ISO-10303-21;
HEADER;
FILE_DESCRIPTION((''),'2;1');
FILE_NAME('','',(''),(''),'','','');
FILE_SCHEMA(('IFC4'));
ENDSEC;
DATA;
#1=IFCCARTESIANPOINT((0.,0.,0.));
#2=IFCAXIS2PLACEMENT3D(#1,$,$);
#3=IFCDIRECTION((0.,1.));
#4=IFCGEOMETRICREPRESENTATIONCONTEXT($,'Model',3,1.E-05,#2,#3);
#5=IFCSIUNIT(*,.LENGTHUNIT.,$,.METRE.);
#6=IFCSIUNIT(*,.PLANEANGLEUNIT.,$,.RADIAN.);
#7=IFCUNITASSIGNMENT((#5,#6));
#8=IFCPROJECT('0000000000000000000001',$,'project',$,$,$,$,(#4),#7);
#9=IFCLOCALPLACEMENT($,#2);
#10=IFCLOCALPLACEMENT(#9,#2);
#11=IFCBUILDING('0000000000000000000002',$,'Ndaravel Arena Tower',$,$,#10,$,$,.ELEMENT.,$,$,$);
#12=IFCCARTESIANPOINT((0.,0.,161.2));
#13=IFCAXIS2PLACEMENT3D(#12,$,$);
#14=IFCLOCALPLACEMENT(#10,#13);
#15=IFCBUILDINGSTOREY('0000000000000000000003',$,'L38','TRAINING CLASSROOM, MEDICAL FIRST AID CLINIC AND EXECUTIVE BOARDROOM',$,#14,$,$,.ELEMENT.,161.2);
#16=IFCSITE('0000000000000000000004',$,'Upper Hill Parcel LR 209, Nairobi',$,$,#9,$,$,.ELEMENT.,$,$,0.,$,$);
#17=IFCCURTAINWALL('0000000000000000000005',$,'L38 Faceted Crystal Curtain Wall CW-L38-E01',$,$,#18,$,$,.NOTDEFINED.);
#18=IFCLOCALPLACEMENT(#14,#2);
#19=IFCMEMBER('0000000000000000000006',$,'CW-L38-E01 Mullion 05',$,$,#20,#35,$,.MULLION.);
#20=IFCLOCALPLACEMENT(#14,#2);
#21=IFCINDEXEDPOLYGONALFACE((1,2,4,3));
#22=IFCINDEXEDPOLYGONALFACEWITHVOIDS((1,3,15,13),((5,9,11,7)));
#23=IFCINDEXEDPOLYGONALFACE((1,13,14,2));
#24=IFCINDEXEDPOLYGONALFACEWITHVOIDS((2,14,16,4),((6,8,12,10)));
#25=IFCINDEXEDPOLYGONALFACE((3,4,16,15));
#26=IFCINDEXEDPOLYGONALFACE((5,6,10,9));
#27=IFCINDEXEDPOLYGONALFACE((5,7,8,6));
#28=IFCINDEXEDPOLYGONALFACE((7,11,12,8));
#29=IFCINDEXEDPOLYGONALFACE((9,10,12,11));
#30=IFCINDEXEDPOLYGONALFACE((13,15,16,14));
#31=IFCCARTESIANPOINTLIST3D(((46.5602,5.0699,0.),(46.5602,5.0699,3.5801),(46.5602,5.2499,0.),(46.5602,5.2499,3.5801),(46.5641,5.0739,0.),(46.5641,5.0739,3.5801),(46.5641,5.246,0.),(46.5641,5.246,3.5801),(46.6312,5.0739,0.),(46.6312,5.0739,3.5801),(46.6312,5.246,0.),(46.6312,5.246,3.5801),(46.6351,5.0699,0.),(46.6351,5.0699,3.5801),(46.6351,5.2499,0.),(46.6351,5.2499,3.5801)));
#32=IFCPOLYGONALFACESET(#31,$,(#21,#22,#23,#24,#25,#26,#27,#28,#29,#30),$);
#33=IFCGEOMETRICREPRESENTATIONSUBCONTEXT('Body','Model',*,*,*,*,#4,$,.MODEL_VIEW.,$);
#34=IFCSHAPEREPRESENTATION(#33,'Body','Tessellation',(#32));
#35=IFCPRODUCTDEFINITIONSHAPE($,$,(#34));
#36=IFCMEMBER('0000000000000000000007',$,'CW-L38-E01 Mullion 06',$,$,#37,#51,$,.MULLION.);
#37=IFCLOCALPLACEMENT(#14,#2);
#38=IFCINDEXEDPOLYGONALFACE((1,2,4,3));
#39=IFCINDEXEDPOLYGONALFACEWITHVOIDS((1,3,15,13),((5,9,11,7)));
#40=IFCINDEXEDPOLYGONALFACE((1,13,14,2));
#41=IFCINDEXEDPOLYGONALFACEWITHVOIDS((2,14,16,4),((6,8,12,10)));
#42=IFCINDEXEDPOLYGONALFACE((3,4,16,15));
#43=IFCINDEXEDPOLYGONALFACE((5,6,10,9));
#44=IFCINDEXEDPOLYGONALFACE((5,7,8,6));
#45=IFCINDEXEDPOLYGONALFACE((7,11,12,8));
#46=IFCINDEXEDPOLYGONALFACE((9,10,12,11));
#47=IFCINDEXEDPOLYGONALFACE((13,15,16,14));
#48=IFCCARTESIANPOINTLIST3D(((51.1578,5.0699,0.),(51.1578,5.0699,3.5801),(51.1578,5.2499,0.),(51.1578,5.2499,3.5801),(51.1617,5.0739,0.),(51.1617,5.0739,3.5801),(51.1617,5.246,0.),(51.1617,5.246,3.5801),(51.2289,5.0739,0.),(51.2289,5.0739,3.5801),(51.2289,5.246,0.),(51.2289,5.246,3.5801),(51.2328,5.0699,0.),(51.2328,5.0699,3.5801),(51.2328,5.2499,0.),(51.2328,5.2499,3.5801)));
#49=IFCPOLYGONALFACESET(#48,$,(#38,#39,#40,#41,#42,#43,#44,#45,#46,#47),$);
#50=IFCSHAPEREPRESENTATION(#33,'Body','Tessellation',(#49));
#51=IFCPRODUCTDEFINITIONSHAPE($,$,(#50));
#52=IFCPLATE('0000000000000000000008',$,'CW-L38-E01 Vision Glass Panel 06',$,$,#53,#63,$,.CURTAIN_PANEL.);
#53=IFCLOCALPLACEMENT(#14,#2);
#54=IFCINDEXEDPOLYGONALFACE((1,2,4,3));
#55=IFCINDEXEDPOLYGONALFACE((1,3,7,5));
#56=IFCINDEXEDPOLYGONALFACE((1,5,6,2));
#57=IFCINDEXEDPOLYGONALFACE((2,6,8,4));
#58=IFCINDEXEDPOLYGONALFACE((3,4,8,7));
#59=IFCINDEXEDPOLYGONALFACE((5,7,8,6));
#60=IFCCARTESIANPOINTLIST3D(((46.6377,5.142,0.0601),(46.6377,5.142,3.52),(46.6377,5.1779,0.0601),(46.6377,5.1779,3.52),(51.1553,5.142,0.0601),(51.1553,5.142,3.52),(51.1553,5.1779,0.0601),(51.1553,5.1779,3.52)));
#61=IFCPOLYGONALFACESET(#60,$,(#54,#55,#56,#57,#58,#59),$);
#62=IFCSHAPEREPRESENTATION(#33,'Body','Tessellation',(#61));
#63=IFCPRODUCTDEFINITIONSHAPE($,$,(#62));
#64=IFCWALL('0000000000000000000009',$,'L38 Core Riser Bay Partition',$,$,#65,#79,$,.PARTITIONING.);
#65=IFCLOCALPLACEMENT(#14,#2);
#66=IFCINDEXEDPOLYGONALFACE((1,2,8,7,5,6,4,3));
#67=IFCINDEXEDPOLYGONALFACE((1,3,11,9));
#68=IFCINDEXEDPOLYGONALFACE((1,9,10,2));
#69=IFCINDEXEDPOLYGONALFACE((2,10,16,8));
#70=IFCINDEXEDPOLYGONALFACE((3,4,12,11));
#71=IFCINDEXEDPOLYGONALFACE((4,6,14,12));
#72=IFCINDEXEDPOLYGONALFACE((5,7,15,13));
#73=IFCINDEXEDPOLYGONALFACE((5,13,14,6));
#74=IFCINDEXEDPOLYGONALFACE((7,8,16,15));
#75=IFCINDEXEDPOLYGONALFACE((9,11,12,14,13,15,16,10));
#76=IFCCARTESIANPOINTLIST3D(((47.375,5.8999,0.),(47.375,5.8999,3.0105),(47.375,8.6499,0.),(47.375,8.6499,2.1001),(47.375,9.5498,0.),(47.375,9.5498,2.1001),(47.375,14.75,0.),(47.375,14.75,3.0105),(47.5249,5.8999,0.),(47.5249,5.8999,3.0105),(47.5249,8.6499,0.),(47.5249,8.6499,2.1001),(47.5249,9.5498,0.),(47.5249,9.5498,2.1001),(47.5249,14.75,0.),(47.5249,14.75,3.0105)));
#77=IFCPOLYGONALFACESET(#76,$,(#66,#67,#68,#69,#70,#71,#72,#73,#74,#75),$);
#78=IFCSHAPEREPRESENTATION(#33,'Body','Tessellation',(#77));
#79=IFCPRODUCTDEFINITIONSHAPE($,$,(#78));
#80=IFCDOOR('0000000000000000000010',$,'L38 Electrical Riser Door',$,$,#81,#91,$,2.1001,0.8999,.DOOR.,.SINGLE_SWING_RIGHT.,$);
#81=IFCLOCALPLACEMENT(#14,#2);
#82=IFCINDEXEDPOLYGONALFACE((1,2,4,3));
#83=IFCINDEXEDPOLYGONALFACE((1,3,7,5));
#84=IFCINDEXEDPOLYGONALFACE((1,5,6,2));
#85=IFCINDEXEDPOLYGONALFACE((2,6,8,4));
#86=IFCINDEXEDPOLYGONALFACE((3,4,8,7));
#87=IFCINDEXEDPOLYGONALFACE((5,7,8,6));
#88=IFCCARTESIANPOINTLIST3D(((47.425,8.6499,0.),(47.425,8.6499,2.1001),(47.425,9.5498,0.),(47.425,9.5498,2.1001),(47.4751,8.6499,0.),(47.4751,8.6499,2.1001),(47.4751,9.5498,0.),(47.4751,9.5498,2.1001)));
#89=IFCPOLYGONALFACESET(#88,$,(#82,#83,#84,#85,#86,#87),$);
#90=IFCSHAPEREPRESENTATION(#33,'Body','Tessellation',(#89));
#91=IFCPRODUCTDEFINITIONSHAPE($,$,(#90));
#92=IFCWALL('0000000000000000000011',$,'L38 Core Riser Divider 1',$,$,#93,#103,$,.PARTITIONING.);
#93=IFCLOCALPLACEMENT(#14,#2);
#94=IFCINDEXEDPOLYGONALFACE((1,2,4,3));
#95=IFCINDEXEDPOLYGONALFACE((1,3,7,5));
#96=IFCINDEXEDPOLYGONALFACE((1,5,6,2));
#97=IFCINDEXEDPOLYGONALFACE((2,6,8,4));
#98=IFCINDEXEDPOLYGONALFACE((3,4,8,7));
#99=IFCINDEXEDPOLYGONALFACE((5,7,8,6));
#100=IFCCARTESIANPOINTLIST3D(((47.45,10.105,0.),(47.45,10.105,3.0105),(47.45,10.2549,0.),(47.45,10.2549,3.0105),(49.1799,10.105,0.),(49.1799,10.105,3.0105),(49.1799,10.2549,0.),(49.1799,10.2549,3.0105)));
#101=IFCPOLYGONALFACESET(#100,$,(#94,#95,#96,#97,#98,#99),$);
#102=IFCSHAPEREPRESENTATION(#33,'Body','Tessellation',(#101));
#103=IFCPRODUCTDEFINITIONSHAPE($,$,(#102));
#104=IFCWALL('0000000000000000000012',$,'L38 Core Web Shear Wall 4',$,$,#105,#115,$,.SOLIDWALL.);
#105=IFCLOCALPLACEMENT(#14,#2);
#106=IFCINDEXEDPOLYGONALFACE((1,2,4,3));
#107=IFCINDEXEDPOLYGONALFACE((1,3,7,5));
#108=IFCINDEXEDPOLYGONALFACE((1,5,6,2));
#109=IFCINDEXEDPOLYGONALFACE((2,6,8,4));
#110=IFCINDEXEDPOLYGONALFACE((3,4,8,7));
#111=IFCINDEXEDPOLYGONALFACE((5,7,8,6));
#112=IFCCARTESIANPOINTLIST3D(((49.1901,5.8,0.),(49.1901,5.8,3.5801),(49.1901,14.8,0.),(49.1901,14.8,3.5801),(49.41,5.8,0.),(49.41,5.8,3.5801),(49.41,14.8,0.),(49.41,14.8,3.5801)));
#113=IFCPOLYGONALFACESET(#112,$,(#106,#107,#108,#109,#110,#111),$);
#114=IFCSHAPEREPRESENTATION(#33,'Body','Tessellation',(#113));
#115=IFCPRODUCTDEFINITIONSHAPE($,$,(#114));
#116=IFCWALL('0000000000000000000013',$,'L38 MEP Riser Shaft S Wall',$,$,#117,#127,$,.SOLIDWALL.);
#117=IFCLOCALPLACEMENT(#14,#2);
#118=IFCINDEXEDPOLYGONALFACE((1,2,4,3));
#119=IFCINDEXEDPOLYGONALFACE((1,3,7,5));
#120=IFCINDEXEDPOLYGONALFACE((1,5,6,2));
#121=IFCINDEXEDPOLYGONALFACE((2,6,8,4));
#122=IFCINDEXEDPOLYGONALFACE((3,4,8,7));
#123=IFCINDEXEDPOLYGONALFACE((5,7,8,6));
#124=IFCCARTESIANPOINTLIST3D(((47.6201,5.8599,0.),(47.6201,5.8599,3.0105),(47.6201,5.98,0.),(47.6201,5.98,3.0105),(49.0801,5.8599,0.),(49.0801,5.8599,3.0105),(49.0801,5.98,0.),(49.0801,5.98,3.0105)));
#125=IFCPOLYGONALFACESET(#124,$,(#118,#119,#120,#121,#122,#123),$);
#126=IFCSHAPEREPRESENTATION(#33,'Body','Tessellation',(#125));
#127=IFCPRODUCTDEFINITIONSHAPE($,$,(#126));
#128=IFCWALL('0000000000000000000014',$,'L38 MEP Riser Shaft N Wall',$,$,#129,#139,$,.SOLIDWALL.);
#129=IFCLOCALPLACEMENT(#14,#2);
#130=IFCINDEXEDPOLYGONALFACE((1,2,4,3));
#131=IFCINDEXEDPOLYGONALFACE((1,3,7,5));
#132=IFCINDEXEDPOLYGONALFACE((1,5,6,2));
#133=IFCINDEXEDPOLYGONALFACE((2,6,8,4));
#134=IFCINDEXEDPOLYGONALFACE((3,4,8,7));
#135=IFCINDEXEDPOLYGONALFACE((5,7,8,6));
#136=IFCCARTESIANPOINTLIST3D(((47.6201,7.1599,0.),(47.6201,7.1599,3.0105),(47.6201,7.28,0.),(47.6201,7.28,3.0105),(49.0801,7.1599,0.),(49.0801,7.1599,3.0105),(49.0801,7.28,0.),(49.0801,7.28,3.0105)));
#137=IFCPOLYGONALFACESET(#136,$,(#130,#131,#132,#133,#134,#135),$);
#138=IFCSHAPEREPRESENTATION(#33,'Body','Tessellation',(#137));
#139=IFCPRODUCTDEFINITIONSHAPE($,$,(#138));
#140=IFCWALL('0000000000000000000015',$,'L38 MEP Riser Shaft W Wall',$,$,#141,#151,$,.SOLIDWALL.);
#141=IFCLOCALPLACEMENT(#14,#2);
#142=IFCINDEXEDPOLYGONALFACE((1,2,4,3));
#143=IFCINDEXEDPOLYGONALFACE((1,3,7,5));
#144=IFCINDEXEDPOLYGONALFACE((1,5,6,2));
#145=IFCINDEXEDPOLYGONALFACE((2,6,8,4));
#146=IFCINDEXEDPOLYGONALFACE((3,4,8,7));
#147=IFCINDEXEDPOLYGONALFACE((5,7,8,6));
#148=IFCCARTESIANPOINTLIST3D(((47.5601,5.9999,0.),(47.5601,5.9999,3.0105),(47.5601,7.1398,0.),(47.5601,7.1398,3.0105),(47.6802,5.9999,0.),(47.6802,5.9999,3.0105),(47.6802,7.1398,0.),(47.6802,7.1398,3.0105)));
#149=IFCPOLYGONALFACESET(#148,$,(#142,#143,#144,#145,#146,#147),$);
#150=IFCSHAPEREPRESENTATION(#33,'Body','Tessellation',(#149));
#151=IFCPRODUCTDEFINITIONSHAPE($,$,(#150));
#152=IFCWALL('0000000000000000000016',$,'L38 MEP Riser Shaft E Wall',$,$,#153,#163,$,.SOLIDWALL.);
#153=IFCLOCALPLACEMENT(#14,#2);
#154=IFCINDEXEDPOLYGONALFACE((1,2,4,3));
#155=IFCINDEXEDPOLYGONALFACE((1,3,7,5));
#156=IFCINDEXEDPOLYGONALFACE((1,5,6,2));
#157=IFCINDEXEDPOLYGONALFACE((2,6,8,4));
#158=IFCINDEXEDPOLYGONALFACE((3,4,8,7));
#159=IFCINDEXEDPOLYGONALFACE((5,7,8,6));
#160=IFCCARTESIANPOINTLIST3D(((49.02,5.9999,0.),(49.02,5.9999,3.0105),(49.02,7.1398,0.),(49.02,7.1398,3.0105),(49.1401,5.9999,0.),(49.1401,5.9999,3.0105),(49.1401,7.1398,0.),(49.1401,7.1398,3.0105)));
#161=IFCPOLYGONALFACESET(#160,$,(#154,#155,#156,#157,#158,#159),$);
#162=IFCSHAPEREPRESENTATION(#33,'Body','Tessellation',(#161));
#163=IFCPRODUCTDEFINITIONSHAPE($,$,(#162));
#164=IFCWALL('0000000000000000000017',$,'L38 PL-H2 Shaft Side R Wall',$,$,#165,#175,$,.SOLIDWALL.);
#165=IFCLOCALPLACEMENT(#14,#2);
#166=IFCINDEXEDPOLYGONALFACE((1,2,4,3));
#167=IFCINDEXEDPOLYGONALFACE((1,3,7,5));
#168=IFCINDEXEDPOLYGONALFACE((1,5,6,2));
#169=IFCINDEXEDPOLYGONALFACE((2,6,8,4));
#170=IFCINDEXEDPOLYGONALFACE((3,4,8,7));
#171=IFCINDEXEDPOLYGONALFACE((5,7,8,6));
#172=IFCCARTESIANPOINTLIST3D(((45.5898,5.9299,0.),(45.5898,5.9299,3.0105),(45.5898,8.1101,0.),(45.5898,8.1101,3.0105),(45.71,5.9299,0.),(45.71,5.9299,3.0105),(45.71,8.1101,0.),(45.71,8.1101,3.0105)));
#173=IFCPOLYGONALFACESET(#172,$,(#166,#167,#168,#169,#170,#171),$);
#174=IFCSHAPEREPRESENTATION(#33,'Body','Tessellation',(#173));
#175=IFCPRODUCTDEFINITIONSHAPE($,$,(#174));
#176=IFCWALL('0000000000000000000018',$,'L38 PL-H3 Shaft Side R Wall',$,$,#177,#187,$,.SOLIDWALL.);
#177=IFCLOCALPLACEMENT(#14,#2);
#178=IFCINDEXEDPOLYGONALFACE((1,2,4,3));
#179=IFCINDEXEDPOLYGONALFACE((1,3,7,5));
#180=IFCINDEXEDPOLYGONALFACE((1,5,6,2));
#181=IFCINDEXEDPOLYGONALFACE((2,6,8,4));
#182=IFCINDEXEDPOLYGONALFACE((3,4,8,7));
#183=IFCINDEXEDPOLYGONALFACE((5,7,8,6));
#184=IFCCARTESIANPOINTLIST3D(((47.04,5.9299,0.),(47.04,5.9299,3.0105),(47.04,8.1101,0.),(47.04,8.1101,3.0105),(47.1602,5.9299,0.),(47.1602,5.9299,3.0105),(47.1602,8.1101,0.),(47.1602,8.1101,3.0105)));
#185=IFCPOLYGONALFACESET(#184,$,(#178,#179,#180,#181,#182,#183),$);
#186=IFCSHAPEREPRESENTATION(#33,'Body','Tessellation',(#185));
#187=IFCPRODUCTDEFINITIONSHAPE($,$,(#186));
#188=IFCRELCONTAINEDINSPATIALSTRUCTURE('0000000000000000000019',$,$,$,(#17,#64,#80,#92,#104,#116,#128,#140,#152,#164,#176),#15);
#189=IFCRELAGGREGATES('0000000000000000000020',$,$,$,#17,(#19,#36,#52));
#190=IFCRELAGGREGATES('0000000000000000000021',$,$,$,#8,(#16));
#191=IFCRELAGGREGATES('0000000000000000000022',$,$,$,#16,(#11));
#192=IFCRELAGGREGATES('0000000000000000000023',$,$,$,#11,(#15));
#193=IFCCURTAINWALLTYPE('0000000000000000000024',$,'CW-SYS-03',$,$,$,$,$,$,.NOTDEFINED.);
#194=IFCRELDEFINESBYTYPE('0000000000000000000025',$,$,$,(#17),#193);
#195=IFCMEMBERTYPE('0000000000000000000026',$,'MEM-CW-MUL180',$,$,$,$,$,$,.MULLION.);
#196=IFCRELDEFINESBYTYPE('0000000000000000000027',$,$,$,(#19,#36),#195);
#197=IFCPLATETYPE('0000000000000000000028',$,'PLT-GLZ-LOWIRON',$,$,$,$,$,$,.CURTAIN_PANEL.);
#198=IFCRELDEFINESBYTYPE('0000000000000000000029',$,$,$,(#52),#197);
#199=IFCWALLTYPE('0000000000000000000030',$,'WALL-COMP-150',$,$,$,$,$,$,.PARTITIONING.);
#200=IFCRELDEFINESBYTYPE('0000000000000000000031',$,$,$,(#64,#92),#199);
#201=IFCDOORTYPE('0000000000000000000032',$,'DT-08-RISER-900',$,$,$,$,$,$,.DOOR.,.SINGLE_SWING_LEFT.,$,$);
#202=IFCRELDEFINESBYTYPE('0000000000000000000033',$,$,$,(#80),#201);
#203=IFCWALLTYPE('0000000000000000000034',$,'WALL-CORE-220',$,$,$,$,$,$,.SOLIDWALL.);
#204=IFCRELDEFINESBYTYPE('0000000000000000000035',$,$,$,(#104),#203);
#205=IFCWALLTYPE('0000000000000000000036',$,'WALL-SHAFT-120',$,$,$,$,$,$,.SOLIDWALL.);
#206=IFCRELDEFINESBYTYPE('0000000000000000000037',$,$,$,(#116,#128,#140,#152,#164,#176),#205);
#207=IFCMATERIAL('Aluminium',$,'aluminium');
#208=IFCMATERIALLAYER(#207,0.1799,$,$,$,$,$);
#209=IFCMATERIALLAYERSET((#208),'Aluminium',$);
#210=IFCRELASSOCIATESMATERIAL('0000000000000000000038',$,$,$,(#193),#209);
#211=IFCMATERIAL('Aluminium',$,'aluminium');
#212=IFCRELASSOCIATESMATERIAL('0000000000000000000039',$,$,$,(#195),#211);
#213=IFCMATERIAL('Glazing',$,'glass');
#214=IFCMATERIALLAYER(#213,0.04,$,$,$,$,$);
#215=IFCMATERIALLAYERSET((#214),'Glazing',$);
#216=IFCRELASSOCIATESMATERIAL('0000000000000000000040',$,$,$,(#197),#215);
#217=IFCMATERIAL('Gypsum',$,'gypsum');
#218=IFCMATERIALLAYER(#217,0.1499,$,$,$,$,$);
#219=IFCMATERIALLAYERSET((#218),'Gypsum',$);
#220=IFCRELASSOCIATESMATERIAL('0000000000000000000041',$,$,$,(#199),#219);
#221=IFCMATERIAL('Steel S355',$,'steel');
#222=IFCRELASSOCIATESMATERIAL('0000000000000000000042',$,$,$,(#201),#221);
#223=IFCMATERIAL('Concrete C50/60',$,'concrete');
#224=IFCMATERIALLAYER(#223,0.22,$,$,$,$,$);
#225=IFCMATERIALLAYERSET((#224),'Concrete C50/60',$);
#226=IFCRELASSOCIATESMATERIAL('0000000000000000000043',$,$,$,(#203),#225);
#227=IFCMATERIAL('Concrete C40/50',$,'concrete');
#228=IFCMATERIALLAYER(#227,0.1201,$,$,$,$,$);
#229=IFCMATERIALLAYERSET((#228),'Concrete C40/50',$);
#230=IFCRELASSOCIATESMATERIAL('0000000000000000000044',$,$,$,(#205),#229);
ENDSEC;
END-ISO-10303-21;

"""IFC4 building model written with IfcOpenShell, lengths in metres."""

from ifc_helpers import new_model, si_unit, direction, frame, frame_2d, origin, origin_2d, place, context, subcontext, project, spatial, rectangle, hollow_rectangle, extrude, material, layer, layer_set, material_profile, profile_set, type_object, element, fill, aggregate, save


model = new_model("IFC4")

# Units and contexts
model_context = context("Model", 3, precision=1e-05, world=origin(), true_north=direction((0.0, 1.0)))
body_context = subcontext(model_context, "Body", "Model", "MODEL_VIEW")
ifc_project = project(units=[si_unit("LENGTHUNIT", "METRE"), si_unit("PLANEANGLEUNIT", "RADIAN")], contexts=[model_context])

# Site, building, storey
site_placement = place(None, origin())
site = spatial("IfcSite", under=ifc_project, at=site_placement, Name="Upper Hill Parcel LR 209, Nairobi", CompositionType="ELEMENT", RefElevation=0.0)
building_placement = place(site_placement, origin())
building = spatial("IfcBuilding", under=site, at=building_placement, Name="Ndaravel Arena Tower", CompositionType="ELEMENT")
storey_placement = place(building_placement, frame((0.0, 0.0, 161.2)))
storey = spatial("IfcBuildingStorey", under=building, at=storey_placement, Name="L38", Description="TRAINING CLASSROOM, MEDICAL FIRST AID CLINIC AND EXECUTIVE BOARDROOM", CompositionType="ELEMENT", Elevation=161.2)

# Curtain wall, members, plate
ifc_material_1 = material(Name="Aluminium", Category="aluminium")
ifc_layer_1 = layer(ifc_material_1, 0.1799)
ifc_layer_set_1 = layer_set([ifc_layer_1], Name="Aluminium")
curtain_wall_type = type_object("IfcCurtainWallType", Name="CW-SYS-03", PredefinedType="NOTDEFINED", material=ifc_layer_set_1)
curtain_wall_placement = place(storey_placement, origin())
curtain_wall = element("IfcCurtainWall", 1, at=curtain_wall_placement, inside=storey, type_object=curtain_wall_type, Name="L38 Faceted Crystal Curtain Wall CW-L38-E01", PredefinedType="NOTDEFINED")
ifc_material_2 = material(Name="Aluminium", Category="aluminium")
ifc_material_profile = material_profile(ifc_material_2, hollow_rectangle(XDim=0.075, YDim=0.1799, WallThickness=0.0039, at=origin_2d()), Name="CW MULLION 75x180x4")
ifc_profile_set = profile_set([ifc_material_profile], Name="Aluminium")
member_type = type_object("IfcMemberType", Name="MEM-CW-MUL180", PredefinedType="MULLION", material=ifc_profile_set)
member_1_placement = place(storey_placement, frame((46.5977, 5.1599, 0.0), z_axis=(0.0, 0.0, 1.0), x_axis=(1.0, 0.0, 0.0)))
member_1 = element("IfcMember", 2, at=member_1_placement, type_object=member_type, Name="CW-L38-E01 Mullion 05", PredefinedType="MULLION", context=body_context, shape_type="SweptSolid", body=[
    extrude(hollow_rectangle(XDim=0.075, YDim=0.1799, WallThickness=0.0039, at=origin_2d()), origin(), (0.0, 0.0, 1.0), 3.5801),
])
member_2_placement = place(storey_placement, frame((51.1953, 5.1599, 0.0), z_axis=(0.0, 0.0, 1.0), x_axis=(1.0, 0.0, 0.0)))
member_2 = element("IfcMember", 3, at=member_2_placement, type_object=member_type, Name="CW-L38-E01 Mullion 06", PredefinedType="MULLION", context=body_context, shape_type="SweptSolid", body=[
    extrude(hollow_rectangle(XDim=0.075, YDim=0.1799, WallThickness=0.0039, at=origin_2d()), origin(), (0.0, 0.0, 1.0), 3.5801),
])
ifc_material_3 = material(Name="Glazing", Category="glass")
ifc_layer_2 = layer(ifc_material_3, 0.04)
ifc_layer_set_2 = layer_set([ifc_layer_2], Name="Glazing")
plate_type = type_object("IfcPlateType", Name="PLT-GLZ-LOWIRON", PredefinedType="CURTAIN_PANEL", material=ifc_layer_set_2)
plate_placement = place(storey_placement, frame((48.8965, 5.1599, 0.0601), z_axis=(0.0, 0.0, 1.0), x_axis=(1.0, 0.0, 0.0)))
plate = element("IfcPlate", 4, at=plate_placement, type_object=plate_type, Name="CW-L38-E01 Vision Glass Panel 06", PredefinedType="CURTAIN_PANEL", context=body_context, shape_type="SweptSolid", body=[
    extrude(rectangle(XDim=4.5176, YDim=0.0359, at=origin_2d()), origin(), (0.0, 0.0, 1.0), 3.46),
])
aggregate(curtain_wall, [member_1, member_2, plate])

# Wall, opening, door
ifc_material_4 = material(Name="Gypsum", Category="gypsum")
ifc_layer_3 = layer(ifc_material_4, 0.1499)
ifc_layer_set_3 = layer_set([ifc_layer_3], Name="Gypsum")
wall_type_1 = type_object("IfcWallType", Name="WALL-COMP-150", PredefinedType="PARTITIONING", material=ifc_layer_set_3)
wall_1_placement = place(storey_placement, frame((47.45, 5.8999, 0.0), z_axis=(0.0, 0.0, 1.0), x_axis=(0.0, 1.0, 0.0)))
wall_1 = element("IfcWall", 5, at=wall_1_placement, inside=storey, type_object=wall_type_1, Name="L38 Core Riser Bay Partition", PredefinedType="PARTITIONING", context=body_context, shape_type="SweptSolid", body=[
    extrude(rectangle(XDim=8.8501, YDim=0.1499, at=frame_2d((4.425, 0.0))), origin(), (0.0, 0.0, 1.0), 3.0105),
])
opening_1_placement = place(wall_1_placement, frame((2.75, 0.0, 0.0)))
opening_1 = element("IfcOpeningElement", 6, at=opening_1_placement, cuts=wall_1, PredefinedType="OPENING", context=body_context, shape_type="SweptSolid", body=[
    extrude(rectangle(XDim=0.8999, YDim=2.1001, at=frame_2d((0.45, 1.05))), frame((0.0, 0.075, 0.0), z_axis=(0.0, -1.0, 0.0), x_axis=(1.0, 0.0, 0.0)), (0.0, 0.0, 1.0), 0.1499),
])
ifc_material_5 = material(Name="Steel S355", Category="steel")
door_type_1 = type_object("IfcDoorType", Name="DT-08-RISER-900", OperationType="SINGLE_SWING_LEFT", PredefinedType="DOOR", material=ifc_material_5)
door_1_placement = place(opening_1_placement, origin())
door_1 = element("IfcDoor", 7, at=door_1_placement, inside=storey, type_object=door_type_1, Name="L38 Electrical Riser Door", OperationType="SINGLE_SWING_RIGHT", OverallHeight=2.1001, OverallWidth=0.8999, PredefinedType="DOOR", context=body_context, shape_type="SweptSolid", body=[
    extrude(rectangle(XDim=0.8999, YDim=2.1001, at=frame_2d((0.45, 1.05))), frame((0.0, 0.0249, 0.0), z_axis=(0.0, -1.0, 0.0), x_axis=(1.0, 0.0, 0.0)), (0.0, 0.0, 1.0), 0.05),
])
fill(opening_1, door_1)

# Walls
wall_2_placement = place(storey_placement, frame((47.45, 10.1799, 0.0), z_axis=(0.0, 0.0, 1.0), x_axis=(1.0, 0.0, 0.0)))
element("IfcWall", 8, at=wall_2_placement, inside=storey, type_object=wall_type_1, Name="L38 Core Riser Divider 1", PredefinedType="PARTITIONING", context=body_context, shape_type="SweptSolid", body=[
    extrude(rectangle(XDim=1.73, YDim=0.1499, at=frame_2d((0.865, 0.0))), origin(), (0.0, 0.0, 1.0), 3.0105),
])
ifc_material_6 = material(Name="Concrete C50/60", Category="concrete")
ifc_layer_4 = layer(ifc_material_6, 0.22)
ifc_layer_set_4 = layer_set([ifc_layer_4], Name="Concrete C50/60")
wall_type_2 = type_object("IfcWallType", Name="WALL-CORE-220", PredefinedType="SOLIDWALL", material=ifc_layer_set_4)
wall_3_placement = place(storey_placement, frame((49.3, 5.8, 0.0), z_axis=(0.0, 0.0, 1.0), x_axis=(0.0, 1.0, 0.0)))
element("IfcWall", 9, at=wall_3_placement, inside=storey, type_object=wall_type_2, Name="L38 Core Web Shear Wall 4", PredefinedType="SOLIDWALL", context=body_context, shape_type="SweptSolid", body=[
    extrude(rectangle(XDim=9.0, YDim=0.22, at=frame_2d((4.5, 0.0))), origin(), (0.0, 0.0, 1.0), 3.5801),
])
ifc_material_7 = material(Name="Concrete C40/50", Category="concrete")
ifc_layer_5 = layer(ifc_material_7, 0.1201)
ifc_layer_set_5 = layer_set([ifc_layer_5], Name="Concrete C40/50")
wall_type_3 = type_object("IfcWallType", Name="WALL-SHAFT-120", PredefinedType="SOLIDWALL", material=ifc_layer_set_5)
for number, where, z_axis, x_axis, name in (
    (10, (47.6201, 5.9199, 0.0), (0.0, 0.0, 1.0), (1.0, 0.0, 0.0), "L38 MEP Riser Shaft S Wall"),
    (11, (47.6201, 7.22, 0.0), (0.0, 0.0, 1.0), (1.0, 0.0, 0.0), "L38 MEP Riser Shaft N Wall"),
):
    element("IfcWall", number, at=place(storey_placement, frame(where, z_axis=z_axis, x_axis=x_axis)), inside=storey, type_object=wall_type_3, Name=name, PredefinedType="SOLIDWALL", context=body_context, shape_type="SweptSolid", body=[
        extrude(rectangle(XDim=1.46, YDim=0.1201, at=frame_2d((0.73, 0.0))), origin(), (0.0, 0.0, 1.0), 3.0105),
    ])
for number, where, z_axis, x_axis, name in (
    (12, (47.6201, 6.0, 0.0), (0.0, 0.0, 1.0), (0.0, 1.0, 0.0), "L38 MEP Riser Shaft W Wall"),
    (13, (49.0801, 6.0, 0.0), (0.0, 0.0, 1.0), (0.0, 1.0, 0.0), "L38 MEP Riser Shaft E Wall"),
):
    element("IfcWall", number, at=place(storey_placement, frame(where, z_axis=z_axis, x_axis=x_axis)), inside=storey, type_object=wall_type_3, Name=name, PredefinedType="SOLIDWALL", context=body_context, shape_type="SweptSolid", body=[
        extrude(rectangle(XDim=1.1399, YDim=0.1201, at=frame_2d((0.5698, 0.0))), origin(), (0.0, 0.0, 1.0), 3.0105),
    ])
for number, where, z_axis, x_axis, name in (
    (14, (45.6499, 5.9299, 0.0), (0.0, 0.0, 1.0), (0.0, 1.0, 0.0), "L38 PL-H2 Shaft Side R Wall"),
    (15, (47.1001, 5.9299, 0.0), (0.0, 0.0, 1.0), (0.0, 1.0, 0.0), "L38 PL-H3 Shaft Side R Wall"),
):
    element("IfcWall", number, at=place(storey_placement, frame(where, z_axis=z_axis, x_axis=x_axis)), inside=storey, type_object=wall_type_3, Name=name, PredefinedType="SOLIDWALL", context=body_context, shape_type="SweptSolid", body=[
        extrude(rectangle(XDim=2.1802, YDim=0.1201, at=frame_2d((1.0901, 0.0))), origin(), (0.0, 0.0, 1.0), 3.0105),
    ])

save(model, "model.ifc")
